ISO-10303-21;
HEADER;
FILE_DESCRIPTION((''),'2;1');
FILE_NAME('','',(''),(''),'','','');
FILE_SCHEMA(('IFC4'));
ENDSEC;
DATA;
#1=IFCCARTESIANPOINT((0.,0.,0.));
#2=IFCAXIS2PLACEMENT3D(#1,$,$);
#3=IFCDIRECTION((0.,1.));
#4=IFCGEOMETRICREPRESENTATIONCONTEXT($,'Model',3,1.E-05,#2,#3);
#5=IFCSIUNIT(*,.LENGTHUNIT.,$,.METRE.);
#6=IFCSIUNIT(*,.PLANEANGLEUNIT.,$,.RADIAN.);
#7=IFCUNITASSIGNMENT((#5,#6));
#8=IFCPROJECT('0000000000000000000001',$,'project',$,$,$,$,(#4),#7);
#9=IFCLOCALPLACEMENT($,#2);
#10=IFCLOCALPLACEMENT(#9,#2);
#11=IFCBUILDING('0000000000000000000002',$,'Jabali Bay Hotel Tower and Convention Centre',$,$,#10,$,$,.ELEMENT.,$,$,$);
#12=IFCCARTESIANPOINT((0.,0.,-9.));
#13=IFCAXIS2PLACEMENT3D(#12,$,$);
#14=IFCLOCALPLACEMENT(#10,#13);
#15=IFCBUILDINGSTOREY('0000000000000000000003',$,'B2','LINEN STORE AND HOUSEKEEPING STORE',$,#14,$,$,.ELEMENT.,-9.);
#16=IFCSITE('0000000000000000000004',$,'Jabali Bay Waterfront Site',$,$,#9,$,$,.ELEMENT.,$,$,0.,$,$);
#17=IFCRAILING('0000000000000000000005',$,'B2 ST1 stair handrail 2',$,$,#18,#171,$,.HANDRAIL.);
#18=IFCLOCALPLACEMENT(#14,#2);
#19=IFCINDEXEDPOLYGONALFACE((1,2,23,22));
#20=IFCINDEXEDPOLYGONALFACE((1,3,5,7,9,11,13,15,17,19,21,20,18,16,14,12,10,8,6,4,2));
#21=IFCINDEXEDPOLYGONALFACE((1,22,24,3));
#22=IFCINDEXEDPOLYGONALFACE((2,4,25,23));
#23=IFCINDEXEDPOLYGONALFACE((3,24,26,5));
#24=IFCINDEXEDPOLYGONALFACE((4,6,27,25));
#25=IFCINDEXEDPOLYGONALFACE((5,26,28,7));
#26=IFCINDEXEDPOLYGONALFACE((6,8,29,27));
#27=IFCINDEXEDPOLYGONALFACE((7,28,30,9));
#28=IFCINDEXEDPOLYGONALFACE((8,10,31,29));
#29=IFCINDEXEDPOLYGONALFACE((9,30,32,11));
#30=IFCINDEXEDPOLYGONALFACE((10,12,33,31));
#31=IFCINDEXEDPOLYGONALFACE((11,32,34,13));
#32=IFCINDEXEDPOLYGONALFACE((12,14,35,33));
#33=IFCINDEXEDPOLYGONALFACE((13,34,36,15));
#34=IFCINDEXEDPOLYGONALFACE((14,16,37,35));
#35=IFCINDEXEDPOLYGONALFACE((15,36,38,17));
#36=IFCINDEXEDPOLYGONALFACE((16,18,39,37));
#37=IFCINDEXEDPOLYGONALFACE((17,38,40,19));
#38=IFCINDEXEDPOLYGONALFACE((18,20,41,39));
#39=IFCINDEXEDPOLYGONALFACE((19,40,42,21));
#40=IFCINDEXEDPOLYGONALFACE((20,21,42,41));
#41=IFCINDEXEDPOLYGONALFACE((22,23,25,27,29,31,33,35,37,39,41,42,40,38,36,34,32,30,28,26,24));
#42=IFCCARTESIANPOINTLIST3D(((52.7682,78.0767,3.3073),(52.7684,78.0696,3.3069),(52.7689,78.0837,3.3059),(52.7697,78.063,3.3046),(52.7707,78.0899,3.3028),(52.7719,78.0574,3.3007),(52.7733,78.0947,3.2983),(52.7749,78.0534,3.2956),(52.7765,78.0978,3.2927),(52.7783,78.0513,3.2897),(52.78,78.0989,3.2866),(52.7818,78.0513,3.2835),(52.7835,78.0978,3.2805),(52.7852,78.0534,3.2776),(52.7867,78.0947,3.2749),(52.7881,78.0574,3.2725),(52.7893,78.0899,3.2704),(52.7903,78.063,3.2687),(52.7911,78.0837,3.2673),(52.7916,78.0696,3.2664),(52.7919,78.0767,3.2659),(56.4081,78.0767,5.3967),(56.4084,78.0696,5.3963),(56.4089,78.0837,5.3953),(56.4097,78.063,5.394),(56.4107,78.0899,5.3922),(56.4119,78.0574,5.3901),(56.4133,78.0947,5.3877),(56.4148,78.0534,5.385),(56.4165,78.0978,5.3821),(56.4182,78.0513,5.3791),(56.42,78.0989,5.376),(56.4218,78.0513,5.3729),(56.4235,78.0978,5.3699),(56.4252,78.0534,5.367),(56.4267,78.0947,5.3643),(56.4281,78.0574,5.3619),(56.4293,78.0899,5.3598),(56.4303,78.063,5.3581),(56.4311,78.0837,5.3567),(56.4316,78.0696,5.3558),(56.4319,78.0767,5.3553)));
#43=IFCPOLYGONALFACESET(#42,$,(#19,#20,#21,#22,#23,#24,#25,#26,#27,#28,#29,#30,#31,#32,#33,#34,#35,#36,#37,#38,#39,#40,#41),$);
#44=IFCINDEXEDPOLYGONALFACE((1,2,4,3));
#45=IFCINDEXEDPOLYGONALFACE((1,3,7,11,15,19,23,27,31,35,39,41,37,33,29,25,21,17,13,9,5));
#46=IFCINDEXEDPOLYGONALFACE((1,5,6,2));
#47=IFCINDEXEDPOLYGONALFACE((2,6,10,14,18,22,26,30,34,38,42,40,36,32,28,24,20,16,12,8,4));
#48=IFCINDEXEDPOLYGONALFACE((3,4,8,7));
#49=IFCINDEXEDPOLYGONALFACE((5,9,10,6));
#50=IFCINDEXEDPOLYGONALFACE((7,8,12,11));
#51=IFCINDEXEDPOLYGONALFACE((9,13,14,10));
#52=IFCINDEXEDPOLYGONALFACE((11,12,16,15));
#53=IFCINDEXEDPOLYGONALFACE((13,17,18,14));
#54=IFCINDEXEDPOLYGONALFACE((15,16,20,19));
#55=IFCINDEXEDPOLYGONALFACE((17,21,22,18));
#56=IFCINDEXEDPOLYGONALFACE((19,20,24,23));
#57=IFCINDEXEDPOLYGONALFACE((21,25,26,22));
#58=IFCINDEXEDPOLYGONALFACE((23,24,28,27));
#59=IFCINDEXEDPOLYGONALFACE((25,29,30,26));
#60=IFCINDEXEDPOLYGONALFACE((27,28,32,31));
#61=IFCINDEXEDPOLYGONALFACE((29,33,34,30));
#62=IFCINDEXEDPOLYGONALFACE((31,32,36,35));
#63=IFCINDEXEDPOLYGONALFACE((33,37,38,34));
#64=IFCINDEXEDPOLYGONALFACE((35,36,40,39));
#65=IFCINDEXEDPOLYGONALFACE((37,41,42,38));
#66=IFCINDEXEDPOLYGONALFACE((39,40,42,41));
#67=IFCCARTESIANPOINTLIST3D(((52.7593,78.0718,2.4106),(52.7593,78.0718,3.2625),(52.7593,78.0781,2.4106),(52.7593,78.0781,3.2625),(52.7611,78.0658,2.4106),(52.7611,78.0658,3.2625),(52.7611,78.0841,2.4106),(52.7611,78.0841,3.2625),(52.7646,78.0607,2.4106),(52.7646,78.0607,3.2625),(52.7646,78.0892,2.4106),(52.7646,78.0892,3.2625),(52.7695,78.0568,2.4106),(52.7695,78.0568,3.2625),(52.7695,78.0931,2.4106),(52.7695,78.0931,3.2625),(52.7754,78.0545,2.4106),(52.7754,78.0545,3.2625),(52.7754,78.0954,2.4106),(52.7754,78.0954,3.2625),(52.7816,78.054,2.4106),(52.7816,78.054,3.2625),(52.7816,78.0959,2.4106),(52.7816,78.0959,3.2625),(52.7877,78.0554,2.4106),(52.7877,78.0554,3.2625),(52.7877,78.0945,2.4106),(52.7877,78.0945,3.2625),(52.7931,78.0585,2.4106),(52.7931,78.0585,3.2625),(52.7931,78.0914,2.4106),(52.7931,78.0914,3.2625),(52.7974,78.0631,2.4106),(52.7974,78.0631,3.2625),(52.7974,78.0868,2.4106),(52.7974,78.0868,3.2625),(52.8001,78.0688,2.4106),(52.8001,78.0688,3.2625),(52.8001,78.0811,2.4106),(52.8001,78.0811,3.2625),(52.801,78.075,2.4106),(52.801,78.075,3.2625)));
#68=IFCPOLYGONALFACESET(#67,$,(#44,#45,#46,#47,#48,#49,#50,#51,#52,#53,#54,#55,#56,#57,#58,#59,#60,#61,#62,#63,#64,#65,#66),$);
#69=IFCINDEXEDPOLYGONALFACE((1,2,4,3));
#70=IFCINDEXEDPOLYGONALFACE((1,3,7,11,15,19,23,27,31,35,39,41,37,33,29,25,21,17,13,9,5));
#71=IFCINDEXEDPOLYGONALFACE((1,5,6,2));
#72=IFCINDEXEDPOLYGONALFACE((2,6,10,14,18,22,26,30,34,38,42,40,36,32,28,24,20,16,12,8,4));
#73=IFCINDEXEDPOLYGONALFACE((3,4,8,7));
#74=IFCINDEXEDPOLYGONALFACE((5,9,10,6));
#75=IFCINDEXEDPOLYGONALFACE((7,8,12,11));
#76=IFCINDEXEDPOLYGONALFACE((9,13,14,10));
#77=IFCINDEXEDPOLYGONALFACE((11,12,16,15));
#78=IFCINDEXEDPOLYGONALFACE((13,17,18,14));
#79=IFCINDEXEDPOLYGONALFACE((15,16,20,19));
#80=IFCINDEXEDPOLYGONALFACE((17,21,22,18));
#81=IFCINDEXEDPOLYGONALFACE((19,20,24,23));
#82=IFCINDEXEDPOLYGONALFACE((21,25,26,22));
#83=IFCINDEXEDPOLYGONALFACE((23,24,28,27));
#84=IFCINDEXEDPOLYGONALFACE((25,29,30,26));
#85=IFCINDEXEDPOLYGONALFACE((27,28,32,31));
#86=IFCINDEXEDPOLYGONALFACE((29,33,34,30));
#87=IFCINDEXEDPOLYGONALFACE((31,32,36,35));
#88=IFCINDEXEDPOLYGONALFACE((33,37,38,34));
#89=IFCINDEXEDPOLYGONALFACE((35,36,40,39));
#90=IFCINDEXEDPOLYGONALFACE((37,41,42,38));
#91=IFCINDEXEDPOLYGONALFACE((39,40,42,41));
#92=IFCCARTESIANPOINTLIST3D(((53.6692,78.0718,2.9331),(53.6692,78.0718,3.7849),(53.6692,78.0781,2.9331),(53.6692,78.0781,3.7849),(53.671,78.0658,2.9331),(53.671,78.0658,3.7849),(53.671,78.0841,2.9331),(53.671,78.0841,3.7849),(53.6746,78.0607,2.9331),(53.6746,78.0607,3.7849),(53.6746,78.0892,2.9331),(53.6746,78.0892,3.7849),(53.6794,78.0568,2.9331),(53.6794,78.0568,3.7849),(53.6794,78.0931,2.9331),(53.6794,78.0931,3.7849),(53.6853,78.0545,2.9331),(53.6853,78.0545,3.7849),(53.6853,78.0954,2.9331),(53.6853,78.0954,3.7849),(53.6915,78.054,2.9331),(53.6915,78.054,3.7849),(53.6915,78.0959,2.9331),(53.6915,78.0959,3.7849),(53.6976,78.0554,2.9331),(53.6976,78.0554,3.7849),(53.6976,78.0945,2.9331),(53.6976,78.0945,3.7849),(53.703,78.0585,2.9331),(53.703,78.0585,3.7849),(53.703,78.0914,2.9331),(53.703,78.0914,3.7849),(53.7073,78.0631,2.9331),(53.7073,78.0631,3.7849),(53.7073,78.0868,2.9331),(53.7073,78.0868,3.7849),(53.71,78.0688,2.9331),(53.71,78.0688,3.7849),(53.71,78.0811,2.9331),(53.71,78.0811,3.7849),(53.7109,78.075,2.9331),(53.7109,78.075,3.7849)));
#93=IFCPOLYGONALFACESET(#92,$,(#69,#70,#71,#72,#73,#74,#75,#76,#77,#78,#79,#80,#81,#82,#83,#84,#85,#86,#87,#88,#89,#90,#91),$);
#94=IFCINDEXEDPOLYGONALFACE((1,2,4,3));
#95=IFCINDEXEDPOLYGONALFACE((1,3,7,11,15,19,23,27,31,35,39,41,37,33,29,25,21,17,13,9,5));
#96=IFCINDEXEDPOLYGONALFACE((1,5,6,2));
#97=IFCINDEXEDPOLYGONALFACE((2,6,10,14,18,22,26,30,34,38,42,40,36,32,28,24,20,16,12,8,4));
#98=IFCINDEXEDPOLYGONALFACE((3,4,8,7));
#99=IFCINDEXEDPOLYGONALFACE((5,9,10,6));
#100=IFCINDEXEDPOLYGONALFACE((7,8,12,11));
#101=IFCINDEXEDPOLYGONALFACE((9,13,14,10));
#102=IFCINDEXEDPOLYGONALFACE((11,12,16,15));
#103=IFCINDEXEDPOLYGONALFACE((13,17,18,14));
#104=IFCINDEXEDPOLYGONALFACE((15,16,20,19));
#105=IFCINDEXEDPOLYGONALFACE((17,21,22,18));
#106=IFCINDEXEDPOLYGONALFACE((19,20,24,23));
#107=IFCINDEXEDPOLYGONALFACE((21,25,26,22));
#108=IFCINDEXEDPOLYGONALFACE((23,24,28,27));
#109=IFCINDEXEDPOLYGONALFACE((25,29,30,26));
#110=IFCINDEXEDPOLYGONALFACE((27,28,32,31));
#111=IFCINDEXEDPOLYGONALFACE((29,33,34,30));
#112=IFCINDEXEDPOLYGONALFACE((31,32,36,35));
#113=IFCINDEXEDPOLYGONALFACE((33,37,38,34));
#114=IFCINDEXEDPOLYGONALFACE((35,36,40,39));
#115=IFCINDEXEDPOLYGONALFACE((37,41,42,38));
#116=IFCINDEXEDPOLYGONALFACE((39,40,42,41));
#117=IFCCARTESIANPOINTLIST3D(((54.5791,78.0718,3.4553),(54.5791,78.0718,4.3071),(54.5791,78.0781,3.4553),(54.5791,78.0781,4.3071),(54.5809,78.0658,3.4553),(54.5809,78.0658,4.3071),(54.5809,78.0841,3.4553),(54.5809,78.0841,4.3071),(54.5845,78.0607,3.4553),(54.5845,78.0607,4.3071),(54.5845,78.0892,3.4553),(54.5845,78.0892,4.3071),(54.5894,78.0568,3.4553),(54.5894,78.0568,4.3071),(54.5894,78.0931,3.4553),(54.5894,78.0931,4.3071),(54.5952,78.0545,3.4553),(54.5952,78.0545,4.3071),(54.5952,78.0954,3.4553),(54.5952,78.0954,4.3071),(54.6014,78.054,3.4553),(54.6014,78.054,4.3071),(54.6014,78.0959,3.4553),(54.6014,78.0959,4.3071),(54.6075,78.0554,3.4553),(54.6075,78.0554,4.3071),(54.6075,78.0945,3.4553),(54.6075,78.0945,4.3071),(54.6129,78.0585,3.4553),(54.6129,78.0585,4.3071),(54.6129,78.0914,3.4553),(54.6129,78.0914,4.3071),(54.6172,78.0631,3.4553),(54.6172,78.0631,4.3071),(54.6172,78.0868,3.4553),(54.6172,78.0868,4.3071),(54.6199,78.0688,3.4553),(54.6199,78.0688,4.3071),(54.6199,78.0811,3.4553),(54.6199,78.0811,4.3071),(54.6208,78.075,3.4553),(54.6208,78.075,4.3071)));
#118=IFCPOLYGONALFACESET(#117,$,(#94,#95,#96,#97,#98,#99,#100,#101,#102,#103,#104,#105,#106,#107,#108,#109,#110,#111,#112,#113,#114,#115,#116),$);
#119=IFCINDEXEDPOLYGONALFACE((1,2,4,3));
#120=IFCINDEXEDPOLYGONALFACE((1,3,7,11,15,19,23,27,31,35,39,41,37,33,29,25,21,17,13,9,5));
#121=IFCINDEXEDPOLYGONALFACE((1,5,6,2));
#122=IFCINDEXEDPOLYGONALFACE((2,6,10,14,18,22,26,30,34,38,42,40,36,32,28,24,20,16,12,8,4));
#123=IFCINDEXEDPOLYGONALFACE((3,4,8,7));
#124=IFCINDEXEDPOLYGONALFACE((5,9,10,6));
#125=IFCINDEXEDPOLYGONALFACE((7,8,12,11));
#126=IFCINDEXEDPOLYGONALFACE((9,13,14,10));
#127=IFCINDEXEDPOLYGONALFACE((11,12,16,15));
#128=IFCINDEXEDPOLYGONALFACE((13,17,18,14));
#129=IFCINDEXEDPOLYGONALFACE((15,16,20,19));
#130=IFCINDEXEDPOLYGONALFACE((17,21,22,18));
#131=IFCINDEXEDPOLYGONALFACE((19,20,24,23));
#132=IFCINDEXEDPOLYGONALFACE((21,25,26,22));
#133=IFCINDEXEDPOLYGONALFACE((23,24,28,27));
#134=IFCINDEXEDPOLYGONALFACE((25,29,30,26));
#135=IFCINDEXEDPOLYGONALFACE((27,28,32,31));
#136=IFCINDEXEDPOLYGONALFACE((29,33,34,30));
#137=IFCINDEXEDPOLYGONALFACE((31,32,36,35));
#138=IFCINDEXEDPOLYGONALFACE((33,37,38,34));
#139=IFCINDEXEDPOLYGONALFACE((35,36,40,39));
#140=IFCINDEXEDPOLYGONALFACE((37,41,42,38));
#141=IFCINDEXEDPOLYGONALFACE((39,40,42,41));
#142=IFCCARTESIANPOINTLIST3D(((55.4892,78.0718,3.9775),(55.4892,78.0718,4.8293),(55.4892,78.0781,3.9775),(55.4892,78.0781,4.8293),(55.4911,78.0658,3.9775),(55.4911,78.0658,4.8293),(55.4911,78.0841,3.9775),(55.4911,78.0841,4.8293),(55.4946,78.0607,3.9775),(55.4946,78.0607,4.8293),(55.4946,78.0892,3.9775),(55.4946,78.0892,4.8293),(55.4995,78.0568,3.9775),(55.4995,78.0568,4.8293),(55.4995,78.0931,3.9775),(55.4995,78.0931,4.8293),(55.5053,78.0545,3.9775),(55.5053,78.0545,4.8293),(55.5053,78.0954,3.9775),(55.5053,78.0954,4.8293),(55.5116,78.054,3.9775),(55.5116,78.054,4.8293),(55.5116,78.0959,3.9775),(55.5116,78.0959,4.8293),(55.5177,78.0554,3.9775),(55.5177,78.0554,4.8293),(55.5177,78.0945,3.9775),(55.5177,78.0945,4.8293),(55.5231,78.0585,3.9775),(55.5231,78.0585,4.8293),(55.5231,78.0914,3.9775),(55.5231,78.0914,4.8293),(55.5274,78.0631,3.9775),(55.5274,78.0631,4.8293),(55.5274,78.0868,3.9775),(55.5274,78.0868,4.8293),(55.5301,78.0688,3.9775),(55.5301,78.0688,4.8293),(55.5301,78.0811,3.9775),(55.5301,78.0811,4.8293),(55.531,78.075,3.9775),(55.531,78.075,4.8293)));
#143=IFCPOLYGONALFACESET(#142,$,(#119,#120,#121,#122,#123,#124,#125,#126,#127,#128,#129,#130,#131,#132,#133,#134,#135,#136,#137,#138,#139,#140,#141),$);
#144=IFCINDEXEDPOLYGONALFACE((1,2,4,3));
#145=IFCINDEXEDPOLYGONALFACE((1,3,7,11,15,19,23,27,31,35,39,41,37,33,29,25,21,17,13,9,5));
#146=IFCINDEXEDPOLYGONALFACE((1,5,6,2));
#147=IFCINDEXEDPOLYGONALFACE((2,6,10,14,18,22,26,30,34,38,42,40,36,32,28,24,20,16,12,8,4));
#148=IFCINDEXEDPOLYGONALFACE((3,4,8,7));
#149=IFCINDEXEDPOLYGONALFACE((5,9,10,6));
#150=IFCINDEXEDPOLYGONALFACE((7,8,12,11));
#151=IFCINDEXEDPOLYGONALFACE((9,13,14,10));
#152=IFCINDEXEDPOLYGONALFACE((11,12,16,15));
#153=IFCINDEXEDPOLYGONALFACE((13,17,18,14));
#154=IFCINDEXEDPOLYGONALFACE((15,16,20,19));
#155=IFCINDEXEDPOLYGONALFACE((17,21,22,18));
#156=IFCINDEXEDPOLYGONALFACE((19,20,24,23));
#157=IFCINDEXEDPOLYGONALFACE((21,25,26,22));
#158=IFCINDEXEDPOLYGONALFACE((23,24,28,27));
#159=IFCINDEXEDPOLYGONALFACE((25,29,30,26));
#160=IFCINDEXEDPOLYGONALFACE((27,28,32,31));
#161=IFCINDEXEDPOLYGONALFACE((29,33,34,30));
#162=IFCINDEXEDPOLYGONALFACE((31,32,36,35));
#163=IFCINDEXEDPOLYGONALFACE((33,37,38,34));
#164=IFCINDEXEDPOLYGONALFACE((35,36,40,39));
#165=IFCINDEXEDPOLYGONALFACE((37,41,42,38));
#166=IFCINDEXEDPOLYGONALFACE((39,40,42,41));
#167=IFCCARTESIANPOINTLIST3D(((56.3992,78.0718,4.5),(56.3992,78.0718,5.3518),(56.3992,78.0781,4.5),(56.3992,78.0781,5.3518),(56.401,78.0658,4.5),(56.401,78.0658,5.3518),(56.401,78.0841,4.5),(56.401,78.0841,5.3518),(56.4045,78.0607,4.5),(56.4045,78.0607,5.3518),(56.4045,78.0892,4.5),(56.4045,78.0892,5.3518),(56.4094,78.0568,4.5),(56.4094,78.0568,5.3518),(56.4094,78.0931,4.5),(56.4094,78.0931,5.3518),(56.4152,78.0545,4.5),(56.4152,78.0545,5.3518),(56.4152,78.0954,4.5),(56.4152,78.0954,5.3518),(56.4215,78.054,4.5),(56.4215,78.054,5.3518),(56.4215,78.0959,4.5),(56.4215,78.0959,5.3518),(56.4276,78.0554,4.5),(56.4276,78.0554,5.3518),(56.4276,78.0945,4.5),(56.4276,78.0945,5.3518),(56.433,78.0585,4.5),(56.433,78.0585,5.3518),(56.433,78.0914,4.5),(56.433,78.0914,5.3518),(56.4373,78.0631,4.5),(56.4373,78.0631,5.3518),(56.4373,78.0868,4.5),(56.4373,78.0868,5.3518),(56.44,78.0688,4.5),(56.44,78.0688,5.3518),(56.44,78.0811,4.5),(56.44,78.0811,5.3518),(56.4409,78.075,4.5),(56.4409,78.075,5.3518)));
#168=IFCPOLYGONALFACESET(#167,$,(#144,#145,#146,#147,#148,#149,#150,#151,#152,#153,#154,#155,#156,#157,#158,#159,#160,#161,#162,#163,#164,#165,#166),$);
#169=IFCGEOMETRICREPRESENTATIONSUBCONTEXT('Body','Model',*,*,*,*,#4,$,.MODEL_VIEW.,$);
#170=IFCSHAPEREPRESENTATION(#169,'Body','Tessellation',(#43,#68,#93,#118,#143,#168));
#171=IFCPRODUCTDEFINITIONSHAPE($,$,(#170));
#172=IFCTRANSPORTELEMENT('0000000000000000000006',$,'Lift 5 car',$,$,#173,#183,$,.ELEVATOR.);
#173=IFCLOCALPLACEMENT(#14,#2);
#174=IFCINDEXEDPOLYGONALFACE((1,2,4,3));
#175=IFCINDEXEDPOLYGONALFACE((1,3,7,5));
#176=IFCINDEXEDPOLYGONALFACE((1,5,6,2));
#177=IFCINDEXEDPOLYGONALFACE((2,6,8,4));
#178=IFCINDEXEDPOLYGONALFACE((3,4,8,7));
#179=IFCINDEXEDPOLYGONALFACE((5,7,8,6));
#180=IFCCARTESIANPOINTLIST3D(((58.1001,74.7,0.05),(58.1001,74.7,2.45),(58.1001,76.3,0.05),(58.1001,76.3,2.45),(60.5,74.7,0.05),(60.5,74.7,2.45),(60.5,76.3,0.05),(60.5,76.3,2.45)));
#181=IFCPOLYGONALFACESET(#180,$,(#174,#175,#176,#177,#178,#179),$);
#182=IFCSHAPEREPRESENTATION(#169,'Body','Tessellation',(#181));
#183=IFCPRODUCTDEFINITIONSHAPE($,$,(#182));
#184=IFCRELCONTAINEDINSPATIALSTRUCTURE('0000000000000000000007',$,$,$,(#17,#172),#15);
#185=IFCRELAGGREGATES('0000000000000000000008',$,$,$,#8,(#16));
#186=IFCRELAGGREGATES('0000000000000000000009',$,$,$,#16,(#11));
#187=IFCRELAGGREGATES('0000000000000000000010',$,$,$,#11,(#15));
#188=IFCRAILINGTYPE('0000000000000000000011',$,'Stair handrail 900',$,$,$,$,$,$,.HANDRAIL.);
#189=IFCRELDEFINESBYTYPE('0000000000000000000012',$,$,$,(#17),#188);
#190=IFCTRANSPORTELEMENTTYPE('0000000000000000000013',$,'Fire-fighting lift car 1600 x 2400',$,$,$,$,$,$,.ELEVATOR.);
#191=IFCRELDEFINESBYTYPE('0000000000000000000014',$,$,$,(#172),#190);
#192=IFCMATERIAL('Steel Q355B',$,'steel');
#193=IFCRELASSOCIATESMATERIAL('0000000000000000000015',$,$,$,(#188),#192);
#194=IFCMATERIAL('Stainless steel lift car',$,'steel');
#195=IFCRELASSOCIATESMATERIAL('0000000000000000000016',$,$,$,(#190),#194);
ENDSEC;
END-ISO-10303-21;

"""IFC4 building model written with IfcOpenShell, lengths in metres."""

from ifc_helpers import new_model, si_unit, direction, frame, origin, origin_2d, place, context, subcontext, project, spatial, rectangle, circle, extrude, material, type_object, element, save


model = new_model("IFC4")

# Units and contexts
model_context = context("Model", 3, precision=1e-05, world=origin(), true_north=direction((0.0, 1.0)))
body_context = subcontext(model_context, "Body", "Model", "MODEL_VIEW")
ifc_project = project(units=[si_unit("LENGTHUNIT", "METRE"), si_unit("PLANEANGLEUNIT", "RADIAN")], contexts=[model_context])

# Site, building, storey
site_placement = place(None, origin())
site = spatial("IfcSite", under=ifc_project, at=site_placement, Name="Jabali Bay Waterfront Site", CompositionType="ELEMENT", RefElevation=0.0)
building_placement = place(site_placement, origin())
building = spatial("IfcBuilding", under=site, at=building_placement, Name="Jabali Bay Hotel Tower and Convention Centre", CompositionType="ELEMENT")
storey_placement = place(building_placement, frame((0.0, 0.0, -9.0)))
storey = spatial("IfcBuildingStorey", under=building, at=storey_placement, Name="B2", Description="LINEN STORE AND HOUSEKEEPING STORE", CompositionType="ELEMENT", Elevation=-9.0)

# Railing
ifc_material_1 = material(Name="Steel Q355B", Category="steel")
railing_type = type_object("IfcRailingType", Name="Stair handrail 900", PredefinedType="HANDRAIL", material=ifc_material_1)
railing_placement = place(storey_placement, frame((52.78, 78.075, 2.4106)))
element("IfcRailing", 1, at=railing_placement, inside=storey, type_object=railing_type, Name="B2 ST1 stair handrail 2", PredefinedType="HANDRAIL", context=body_context, shape_type="SweptSolid", body=[
    extrude(circle(Radius=0.0239, at=origin_2d()), frame((0.0, 0.0, 0.876), z_axis=(0.867275, 0.0, 0.497829), x_axis=(0.0, 1.0, 0.0)), (0.0, 0.0, 1.0), 4.197),
    extrude(circle(Radius=0.021, at=origin_2d()), origin(), (0.0, 0.0, 1.0), 0.8518),
    extrude(circle(Radius=0.021, at=origin_2d()), frame((0.9099, 0.0, 0.5225)), (0.0, 0.0, 1.0), 0.8518),
    extrude(circle(Radius=0.021, at=origin_2d()), frame((1.8198, 0.0, 1.0447)), (0.0, 0.0, 1.0), 0.8518),
    extrude(circle(Radius=0.021, at=origin_2d()), frame((2.73, 0.0, 1.5669)), (0.0, 0.0, 1.0), 0.8518),
    extrude(circle(Radius=0.021, at=origin_2d()), frame((3.6399, 0.0, 2.0894)), (0.0, 0.0, 1.0), 0.8518),
])

# Transport element
ifc_material_2 = material(Name="Stainless steel lift car", Category="steel")
transport_element_type = type_object("IfcTransportElementType", Name="Fire-fighting lift car 1600 x 2400", PredefinedType="ELEVATOR", material=ifc_material_2)
transport_element_placement = place(storey_placement, frame((59.3, 75.5, 0.05), z_axis=(0.0, 0.0, 1.0), x_axis=(-1.0, 0.0, 0.0)))
element("IfcTransportElement", 2, at=transport_element_placement, inside=storey, type_object=transport_element_type, Name="Lift 5 car", PredefinedType="ELEVATOR", context=body_context, shape_type="SweptSolid", body=[
    extrude(rectangle(XDim=2.3999, YDim=1.6001, at=origin_2d()), origin(), (0.0, 0.0, 1.0), 2.3999),
])

save(model, "model.ifc")
